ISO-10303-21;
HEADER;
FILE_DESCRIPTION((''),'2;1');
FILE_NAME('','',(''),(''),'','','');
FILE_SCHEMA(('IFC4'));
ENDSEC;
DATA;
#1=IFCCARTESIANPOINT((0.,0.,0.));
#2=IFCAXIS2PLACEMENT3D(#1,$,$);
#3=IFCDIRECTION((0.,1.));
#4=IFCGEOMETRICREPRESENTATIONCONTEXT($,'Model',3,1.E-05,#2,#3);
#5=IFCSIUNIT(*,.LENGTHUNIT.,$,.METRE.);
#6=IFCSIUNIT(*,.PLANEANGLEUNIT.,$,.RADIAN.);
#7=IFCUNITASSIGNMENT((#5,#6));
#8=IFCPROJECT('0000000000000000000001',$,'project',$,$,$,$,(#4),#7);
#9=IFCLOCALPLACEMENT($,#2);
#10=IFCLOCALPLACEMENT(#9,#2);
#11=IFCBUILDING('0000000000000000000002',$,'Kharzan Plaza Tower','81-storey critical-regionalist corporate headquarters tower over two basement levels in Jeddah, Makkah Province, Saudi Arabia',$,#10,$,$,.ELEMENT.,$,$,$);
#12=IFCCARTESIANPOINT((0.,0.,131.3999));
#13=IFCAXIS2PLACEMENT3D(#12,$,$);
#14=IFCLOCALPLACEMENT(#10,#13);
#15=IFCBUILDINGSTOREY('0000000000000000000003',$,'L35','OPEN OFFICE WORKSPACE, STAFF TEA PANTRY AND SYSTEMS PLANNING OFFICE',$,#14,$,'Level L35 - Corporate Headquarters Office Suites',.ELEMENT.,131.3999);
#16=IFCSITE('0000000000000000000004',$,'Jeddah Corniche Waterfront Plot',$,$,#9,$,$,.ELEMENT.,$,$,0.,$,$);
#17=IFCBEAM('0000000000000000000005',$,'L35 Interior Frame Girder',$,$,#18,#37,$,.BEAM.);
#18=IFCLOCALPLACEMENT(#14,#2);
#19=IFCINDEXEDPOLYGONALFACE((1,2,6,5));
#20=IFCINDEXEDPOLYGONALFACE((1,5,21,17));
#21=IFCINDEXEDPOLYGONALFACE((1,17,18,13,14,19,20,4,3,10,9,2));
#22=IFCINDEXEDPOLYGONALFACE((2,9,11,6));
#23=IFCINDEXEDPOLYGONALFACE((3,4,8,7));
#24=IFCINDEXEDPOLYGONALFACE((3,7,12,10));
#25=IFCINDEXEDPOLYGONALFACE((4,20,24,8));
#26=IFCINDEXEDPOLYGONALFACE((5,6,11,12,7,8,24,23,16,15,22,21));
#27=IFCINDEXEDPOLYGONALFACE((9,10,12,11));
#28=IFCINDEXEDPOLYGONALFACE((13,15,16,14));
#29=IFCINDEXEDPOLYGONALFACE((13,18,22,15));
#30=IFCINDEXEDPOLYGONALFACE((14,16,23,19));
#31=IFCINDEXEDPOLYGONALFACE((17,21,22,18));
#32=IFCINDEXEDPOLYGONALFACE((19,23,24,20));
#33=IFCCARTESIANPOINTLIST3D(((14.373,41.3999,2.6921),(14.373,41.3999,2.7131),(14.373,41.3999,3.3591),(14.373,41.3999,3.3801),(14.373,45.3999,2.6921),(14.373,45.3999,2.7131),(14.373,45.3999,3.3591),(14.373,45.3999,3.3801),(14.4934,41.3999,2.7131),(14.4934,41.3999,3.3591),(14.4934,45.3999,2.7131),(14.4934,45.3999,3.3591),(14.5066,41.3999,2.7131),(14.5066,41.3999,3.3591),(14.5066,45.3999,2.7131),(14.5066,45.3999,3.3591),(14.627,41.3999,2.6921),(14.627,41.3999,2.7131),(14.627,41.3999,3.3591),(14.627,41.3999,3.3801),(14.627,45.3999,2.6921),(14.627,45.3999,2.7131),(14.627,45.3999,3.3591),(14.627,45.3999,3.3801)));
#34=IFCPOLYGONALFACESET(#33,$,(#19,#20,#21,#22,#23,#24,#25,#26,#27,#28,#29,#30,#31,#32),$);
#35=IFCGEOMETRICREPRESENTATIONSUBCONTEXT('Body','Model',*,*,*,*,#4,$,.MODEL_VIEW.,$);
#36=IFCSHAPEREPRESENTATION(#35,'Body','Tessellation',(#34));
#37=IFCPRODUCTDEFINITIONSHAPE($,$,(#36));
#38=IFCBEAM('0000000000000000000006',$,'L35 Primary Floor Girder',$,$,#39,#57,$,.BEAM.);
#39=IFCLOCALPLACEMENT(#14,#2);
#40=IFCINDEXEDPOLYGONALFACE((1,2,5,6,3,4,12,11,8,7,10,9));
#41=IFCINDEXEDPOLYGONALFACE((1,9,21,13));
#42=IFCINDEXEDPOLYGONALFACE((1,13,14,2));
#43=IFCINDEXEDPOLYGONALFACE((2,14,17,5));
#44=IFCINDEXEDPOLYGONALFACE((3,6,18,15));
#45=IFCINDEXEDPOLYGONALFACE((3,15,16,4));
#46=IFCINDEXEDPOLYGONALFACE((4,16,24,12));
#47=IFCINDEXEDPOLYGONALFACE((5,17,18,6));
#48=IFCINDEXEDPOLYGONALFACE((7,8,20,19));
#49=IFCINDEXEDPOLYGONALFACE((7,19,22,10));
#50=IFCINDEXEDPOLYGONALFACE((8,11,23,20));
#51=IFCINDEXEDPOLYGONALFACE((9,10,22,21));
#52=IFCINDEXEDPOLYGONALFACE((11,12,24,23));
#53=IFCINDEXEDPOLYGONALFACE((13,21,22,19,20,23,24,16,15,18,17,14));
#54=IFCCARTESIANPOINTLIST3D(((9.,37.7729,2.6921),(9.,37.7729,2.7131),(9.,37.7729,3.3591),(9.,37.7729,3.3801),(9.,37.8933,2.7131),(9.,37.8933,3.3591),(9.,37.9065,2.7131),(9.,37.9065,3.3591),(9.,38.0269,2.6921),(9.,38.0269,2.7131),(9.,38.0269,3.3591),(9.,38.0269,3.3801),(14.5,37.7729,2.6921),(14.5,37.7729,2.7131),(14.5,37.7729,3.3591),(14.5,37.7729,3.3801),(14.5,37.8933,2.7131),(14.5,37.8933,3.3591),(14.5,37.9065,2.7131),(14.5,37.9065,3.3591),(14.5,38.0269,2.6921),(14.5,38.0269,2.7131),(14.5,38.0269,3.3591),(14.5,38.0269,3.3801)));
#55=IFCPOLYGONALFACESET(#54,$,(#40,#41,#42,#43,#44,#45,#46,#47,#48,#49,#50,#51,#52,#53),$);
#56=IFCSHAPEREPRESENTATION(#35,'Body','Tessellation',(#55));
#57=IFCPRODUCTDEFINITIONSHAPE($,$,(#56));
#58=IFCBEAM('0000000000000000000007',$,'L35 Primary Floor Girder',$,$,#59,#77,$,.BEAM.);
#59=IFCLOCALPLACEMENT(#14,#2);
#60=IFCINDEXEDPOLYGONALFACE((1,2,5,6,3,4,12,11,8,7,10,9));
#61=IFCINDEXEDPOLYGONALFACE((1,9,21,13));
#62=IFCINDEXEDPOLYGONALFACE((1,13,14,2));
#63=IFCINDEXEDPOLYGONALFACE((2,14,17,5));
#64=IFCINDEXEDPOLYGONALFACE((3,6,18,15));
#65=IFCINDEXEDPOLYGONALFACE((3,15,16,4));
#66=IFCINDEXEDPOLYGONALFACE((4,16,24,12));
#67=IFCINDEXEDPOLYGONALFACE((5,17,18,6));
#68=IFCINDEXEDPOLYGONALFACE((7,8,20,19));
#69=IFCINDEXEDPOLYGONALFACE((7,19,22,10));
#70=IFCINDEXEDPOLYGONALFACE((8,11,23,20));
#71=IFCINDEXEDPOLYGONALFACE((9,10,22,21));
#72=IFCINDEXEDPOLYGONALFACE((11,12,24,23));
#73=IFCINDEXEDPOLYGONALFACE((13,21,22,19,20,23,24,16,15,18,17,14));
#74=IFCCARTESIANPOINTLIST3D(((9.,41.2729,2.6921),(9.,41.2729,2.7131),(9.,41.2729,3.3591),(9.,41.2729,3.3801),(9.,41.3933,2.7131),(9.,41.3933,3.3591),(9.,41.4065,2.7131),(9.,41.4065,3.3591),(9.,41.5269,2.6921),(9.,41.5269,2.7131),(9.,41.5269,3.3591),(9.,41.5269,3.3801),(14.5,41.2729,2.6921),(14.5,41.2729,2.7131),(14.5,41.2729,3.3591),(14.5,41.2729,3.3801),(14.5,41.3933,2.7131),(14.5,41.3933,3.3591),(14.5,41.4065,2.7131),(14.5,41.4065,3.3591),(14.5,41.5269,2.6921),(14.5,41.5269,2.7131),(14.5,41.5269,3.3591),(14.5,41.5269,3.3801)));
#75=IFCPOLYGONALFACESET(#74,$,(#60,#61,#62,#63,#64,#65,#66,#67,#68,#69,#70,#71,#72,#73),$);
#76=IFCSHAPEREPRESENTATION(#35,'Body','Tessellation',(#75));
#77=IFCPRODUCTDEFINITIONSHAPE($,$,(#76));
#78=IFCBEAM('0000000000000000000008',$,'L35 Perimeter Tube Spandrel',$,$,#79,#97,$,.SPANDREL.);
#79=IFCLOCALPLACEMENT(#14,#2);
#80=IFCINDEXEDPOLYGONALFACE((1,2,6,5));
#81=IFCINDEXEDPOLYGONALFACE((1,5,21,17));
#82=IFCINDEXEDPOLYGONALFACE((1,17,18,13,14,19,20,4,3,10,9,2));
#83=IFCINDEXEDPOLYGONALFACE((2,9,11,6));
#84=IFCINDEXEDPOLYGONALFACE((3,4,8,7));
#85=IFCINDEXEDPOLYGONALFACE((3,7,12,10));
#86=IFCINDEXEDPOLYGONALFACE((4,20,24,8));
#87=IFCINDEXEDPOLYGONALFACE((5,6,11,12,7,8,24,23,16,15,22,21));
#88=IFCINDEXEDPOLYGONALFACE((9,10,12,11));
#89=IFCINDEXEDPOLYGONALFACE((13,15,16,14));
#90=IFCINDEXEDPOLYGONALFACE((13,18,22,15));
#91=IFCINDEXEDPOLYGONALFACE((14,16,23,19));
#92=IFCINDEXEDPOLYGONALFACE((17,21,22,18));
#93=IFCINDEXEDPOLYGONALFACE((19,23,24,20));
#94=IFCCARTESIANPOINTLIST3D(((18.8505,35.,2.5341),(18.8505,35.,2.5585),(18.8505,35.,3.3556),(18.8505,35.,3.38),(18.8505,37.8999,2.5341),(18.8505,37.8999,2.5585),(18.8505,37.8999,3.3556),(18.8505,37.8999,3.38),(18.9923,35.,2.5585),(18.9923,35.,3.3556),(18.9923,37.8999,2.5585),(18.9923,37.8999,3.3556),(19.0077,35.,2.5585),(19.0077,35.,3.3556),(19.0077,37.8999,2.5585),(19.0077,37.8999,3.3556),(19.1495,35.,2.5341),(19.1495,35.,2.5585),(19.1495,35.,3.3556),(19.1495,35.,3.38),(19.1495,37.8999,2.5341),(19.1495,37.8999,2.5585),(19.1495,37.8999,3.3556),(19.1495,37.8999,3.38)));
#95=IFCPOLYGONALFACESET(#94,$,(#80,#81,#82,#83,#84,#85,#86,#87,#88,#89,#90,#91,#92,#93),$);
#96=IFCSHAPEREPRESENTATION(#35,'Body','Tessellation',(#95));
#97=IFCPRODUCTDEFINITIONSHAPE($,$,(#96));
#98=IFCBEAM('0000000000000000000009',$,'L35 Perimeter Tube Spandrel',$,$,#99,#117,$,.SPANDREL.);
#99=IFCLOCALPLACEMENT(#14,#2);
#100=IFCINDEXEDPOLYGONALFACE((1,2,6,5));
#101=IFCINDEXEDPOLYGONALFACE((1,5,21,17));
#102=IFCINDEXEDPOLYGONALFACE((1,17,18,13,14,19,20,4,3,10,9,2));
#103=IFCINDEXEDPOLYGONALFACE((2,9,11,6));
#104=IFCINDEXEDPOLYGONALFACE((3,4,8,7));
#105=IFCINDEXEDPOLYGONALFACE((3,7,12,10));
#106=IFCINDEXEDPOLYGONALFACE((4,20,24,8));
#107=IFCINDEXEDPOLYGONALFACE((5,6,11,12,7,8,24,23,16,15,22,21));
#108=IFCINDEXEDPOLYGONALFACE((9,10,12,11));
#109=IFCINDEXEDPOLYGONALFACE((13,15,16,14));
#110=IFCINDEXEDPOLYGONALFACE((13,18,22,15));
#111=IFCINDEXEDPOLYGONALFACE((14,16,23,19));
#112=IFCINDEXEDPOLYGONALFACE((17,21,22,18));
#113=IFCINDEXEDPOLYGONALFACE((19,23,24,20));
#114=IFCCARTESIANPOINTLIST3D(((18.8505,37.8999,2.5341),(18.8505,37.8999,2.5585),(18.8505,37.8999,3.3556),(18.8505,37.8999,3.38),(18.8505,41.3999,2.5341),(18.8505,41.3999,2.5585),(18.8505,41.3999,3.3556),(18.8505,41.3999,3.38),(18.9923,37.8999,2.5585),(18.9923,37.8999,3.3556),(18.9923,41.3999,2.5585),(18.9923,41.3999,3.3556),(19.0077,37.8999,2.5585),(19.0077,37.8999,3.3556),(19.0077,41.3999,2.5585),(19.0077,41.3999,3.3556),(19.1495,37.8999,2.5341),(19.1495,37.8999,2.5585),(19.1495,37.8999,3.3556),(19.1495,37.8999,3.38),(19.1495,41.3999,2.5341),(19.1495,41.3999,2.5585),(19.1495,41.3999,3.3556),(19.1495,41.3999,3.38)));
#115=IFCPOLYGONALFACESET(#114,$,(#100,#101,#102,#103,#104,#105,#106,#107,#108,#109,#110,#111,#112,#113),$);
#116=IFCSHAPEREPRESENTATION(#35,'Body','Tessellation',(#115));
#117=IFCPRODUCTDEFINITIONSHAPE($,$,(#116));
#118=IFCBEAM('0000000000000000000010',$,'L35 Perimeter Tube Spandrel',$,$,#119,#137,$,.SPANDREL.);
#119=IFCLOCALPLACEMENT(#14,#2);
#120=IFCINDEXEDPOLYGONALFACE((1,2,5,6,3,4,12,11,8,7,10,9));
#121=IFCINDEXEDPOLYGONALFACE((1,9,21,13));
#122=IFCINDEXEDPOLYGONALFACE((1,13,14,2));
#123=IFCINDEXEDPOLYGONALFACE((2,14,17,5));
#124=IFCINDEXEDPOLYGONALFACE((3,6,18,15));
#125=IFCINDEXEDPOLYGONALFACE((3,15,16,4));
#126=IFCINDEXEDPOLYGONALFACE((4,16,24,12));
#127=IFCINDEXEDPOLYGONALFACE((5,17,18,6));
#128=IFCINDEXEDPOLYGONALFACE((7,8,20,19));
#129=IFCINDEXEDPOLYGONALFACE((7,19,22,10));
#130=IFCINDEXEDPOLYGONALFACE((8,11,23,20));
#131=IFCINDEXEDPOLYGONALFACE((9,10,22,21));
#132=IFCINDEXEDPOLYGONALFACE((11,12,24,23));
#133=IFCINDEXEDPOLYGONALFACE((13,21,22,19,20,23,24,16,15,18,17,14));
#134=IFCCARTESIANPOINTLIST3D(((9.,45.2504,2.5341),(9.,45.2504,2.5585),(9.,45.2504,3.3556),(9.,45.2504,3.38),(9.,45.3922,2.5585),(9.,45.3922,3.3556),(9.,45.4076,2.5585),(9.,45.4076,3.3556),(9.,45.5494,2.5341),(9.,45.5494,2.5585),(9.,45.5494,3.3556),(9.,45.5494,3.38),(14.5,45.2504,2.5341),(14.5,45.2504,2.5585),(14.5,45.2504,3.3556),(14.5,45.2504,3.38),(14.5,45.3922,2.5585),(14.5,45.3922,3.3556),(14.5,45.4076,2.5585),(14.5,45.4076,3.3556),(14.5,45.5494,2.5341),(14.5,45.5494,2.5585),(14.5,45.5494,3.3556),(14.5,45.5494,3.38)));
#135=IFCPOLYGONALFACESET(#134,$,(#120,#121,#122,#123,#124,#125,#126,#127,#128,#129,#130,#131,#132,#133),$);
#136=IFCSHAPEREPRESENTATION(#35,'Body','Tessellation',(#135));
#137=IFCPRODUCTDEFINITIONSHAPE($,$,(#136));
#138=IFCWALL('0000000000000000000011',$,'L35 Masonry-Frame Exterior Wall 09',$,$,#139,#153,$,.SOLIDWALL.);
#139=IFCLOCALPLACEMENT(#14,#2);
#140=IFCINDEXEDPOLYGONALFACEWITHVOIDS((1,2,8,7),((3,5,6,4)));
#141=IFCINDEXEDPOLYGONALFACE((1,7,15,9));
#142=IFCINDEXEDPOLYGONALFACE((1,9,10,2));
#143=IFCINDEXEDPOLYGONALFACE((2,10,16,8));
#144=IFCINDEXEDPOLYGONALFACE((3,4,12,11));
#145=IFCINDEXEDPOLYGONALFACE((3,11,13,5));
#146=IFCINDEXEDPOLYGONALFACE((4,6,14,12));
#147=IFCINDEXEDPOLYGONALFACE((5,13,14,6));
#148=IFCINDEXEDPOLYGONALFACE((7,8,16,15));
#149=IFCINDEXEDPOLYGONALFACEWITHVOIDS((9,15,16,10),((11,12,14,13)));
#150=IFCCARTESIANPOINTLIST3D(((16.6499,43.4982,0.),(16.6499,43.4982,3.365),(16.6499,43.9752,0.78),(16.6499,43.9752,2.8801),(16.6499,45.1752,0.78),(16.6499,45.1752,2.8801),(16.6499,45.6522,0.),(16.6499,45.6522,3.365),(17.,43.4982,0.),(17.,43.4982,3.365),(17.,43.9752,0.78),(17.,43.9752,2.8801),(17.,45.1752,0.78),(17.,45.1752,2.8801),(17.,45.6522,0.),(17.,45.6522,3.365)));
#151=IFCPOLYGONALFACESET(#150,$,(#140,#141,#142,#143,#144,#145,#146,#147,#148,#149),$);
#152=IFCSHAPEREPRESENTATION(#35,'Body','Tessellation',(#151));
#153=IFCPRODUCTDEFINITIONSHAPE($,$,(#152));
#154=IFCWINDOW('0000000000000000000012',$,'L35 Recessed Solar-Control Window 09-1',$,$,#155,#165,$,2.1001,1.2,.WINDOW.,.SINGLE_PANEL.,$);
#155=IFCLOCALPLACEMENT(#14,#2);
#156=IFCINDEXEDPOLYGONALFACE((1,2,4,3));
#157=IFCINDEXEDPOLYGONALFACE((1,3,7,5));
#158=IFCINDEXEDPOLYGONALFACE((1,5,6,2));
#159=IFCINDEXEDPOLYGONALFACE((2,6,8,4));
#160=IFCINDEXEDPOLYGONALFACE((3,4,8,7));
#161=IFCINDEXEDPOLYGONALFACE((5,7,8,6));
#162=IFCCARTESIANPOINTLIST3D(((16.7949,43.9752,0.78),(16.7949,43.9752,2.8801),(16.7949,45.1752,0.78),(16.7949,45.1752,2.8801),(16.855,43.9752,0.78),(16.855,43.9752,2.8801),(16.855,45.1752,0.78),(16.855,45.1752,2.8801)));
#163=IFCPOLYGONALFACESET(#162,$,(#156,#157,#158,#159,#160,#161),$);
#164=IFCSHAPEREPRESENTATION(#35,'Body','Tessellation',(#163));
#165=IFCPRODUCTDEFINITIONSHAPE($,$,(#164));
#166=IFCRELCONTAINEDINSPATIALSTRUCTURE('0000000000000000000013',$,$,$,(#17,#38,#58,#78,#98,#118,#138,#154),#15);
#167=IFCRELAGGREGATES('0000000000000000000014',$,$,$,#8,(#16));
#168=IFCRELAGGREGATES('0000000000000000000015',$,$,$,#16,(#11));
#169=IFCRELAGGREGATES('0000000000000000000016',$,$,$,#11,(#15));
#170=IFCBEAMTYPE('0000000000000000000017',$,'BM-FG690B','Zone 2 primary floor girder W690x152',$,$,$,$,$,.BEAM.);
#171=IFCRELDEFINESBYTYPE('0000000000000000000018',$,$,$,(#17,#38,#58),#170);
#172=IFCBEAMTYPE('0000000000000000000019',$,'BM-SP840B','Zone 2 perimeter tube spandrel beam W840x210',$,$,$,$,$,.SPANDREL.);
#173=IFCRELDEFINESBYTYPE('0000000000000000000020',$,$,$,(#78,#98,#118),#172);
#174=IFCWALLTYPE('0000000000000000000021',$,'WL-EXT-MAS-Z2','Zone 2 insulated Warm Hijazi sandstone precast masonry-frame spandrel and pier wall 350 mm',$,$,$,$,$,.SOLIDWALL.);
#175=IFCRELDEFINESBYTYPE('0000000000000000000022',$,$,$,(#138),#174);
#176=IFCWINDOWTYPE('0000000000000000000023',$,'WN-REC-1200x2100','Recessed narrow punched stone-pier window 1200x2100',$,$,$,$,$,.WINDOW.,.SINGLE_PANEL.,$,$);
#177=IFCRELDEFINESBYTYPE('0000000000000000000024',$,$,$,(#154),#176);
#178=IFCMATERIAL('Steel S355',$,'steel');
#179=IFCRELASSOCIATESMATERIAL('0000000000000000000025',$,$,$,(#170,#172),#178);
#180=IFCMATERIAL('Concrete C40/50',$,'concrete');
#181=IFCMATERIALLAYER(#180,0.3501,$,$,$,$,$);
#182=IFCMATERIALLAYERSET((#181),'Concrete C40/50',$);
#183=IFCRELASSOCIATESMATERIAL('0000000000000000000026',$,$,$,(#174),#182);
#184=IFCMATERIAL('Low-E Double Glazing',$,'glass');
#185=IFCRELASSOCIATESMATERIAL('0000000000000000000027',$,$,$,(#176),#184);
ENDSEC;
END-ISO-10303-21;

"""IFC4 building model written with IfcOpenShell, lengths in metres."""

from ifc_helpers import new_model, si_unit, direction, frame, frame_2d, origin, origin_2d, place, context, subcontext, project, spatial, rectangle, i_section, extrude, source, transform, mapped, material, layer, layer_set, material_profile, profile_set, type_object, element, fill, save


model = new_model("IFC4")

# Units and contexts
model_context = context("Model", 3, precision=1e-05, world=origin(), true_north=direction((0.0, 1.0)))
body_context = subcontext(model_context, "Body", "Model", "MODEL_VIEW")
ifc_project = project(units=[si_unit("LENGTHUNIT", "METRE"), si_unit("PLANEANGLEUNIT", "RADIAN")], contexts=[model_context])

# Site, building, storey
site_placement = place(None, origin())
site = spatial("IfcSite", under=ifc_project, at=site_placement, Name="Jeddah Corniche Waterfront Plot", CompositionType="ELEMENT", RefElevation=0.0)
building_placement = place(site_placement, origin())
building = spatial("IfcBuilding", under=site, at=building_placement, Name="Kharzan Plaza Tower", Description="81-storey critical-regionalist corporate headquarters tower over two basement levels in Jeddah, Makkah Province, Saudi Arabia", CompositionType="ELEMENT")
storey_placement = place(building_placement, frame((0.0, 0.0, 131.3999)))
storey = spatial("IfcBuildingStorey", under=building, at=storey_placement, Name="L35", Description="OPEN OFFICE WORKSPACE, STAFF TEA PANTRY AND SYSTEMS PLANNING OFFICE", LongName="Level L35 - Corporate Headquarters Office Suites", CompositionType="ELEMENT", Elevation=131.3999)

# Beams
ifc_material_1 = material(Name="Steel S355", Category="steel")
ifc_material_profile_1 = material_profile(ifc_material_1, i_section(OverallWidth=0.2539, OverallDepth=0.688, WebThickness=0.0132, FlangeThickness=0.021, at=origin_2d()), Name="W690x152")
ifc_profile_set_1 = profile_set([ifc_material_profile_1], Name="Steel S355")
beam_type_1 = type_object("IfcBeamType", Name="BM-FG690B", Description="Zone 2 primary floor girder W690x152", PredefinedType="BEAM", material=ifc_profile_set_1)
shared_shape_1 = source(origin(), body_context, "Body", "SweptSolid", [
    extrude(i_section(OverallWidth=0.2539, OverallDepth=0.688, WebThickness=0.0132, FlangeThickness=0.021, at=origin_2d()), origin(), (0.0, 0.0, 1.0), 4.0),
])
for number, where, z_axis, x_axis, name in (
    (1, (14.5, 41.3999, 3.0361), (0.0, 1.0, 0.0), (-1.0, 0.0, 0.0), "L35 Interior Frame Girder"),
):
    element("IfcBeam", number, at=place(storey_placement, frame(where, z_axis=z_axis, x_axis=x_axis)), inside=storey, type_object=beam_type_1, Name=name, PredefinedType="BEAM", context=body_context, shape_type="MappedRepresentation", body=[
        mapped(shared_shape_1, transform((0.0, 0.0, 0.0), x_axis=(1.0, 0.0, 0.0), y_axis=(0.0, 1.0, 0.0), z_axis=(0.0, 0.0, 1.0))),
    ])
shared_shape_2 = source(origin(), body_context, "Body", "SweptSolid", [
    extrude(i_section(OverallWidth=0.2539, OverallDepth=0.688, WebThickness=0.0132, FlangeThickness=0.021, at=origin_2d()), origin(), (0.0, 0.0, 1.0), 5.5),
])
for number, where, z_axis, x_axis, name in (
    (2, (9.0, 37.8999, 3.0361), (1.0, 0.0, 0.0), (0.0, 1.0, 0.0), "L35 Primary Floor Girder"),
    (3, (9.0, 41.3999, 3.0361), (1.0, 0.0, 0.0), (0.0, 1.0, 0.0), "L35 Primary Floor Girder"),
):
    element("IfcBeam", number, at=place(storey_placement, frame(where, z_axis=z_axis, x_axis=x_axis)), inside=storey, type_object=beam_type_1, Name=name, PredefinedType="BEAM", context=body_context, shape_type="MappedRepresentation", body=[
        mapped(shared_shape_2, transform((0.0, 0.0, 0.0), x_axis=(1.0, 0.0, 0.0), y_axis=(0.0, 1.0, 0.0), z_axis=(0.0, 0.0, 1.0))),
    ])
ifc_material_profile_2 = material_profile(ifc_material_1, i_section(OverallWidth=0.2991, OverallDepth=0.8459, WebThickness=0.0154, FlangeThickness=0.0244, at=origin_2d()), Name="W840x210")
ifc_profile_set_2 = profile_set([ifc_material_profile_2], Name="Steel S355")
beam_type_2 = type_object("IfcBeamType", Name="BM-SP840B", Description="Zone 2 perimeter tube spandrel beam W840x210", PredefinedType="SPANDREL", material=ifc_profile_set_2)
shared_shape_3 = source(origin(), body_context, "Body", "SweptSolid", [
    extrude(i_section(OverallWidth=0.2991, OverallDepth=0.8459, WebThickness=0.0154, FlangeThickness=0.0244, at=origin_2d()), origin(), (0.0, 0.0, 1.0), 2.8999),
])
beam_1_placement = place(storey_placement, frame((19.0, 35.0, 2.957), z_axis=(0.0, 1.0, 0.0), x_axis=(-1.0, 0.0, 0.0)))
element("IfcBeam", 4, at=beam_1_placement, inside=storey, type_object=beam_type_2, Name="L35 Perimeter Tube Spandrel", PredefinedType="SPANDREL", context=body_context, shape_type="MappedRepresentation", body=[
    mapped(shared_shape_3, transform((0.0, 0.0, 0.0), x_axis=(1.0, 0.0, 0.0), y_axis=(0.0, 1.0, 0.0), z_axis=(0.0, 0.0, 1.0))),
])
shared_shape_4 = source(origin(), body_context, "Body", "SweptSolid", [
    extrude(i_section(OverallWidth=0.2991, OverallDepth=0.8459, WebThickness=0.0154, FlangeThickness=0.0244, at=origin_2d()), origin(), (0.0, 0.0, 1.0), 3.5),
])
beam_2_placement = place(storey_placement, frame((19.0, 37.8999, 2.957), z_axis=(0.0, 1.0, 0.0), x_axis=(-1.0, 0.0, 0.0)))
element("IfcBeam", 5, at=beam_2_placement, inside=storey, type_object=beam_type_2, Name="L35 Perimeter Tube Spandrel", PredefinedType="SPANDREL", context=body_context, shape_type="MappedRepresentation", body=[
    mapped(shared_shape_4, transform((0.0, 0.0, 0.0), x_axis=(1.0, 0.0, 0.0), y_axis=(0.0, 1.0, 0.0), z_axis=(0.0, 0.0, 1.0))),
])
shared_shape_5 = source(origin(), body_context, "Body", "SweptSolid", [
    extrude(i_section(OverallWidth=0.2991, OverallDepth=0.8459, WebThickness=0.0154, FlangeThickness=0.0244, at=origin_2d()), origin(), (0.0, 0.0, 1.0), 5.5),
])
beam_3_placement = place(storey_placement, frame((9.0, 45.3999, 2.957), z_axis=(1.0, 0.0, 0.0), x_axis=(0.0, 1.0, 0.0)))
element("IfcBeam", 6, at=beam_3_placement, inside=storey, type_object=beam_type_2, Name="L35 Perimeter Tube Spandrel", PredefinedType="SPANDREL", context=body_context, shape_type="MappedRepresentation", body=[
    mapped(shared_shape_5, transform((0.0, 0.0, 0.0), x_axis=(1.0, 0.0, 0.0), y_axis=(0.0, 1.0, 0.0), z_axis=(0.0, 0.0, 1.0))),
])

# Wall, opening, window
ifc_material_2 = material(Name="Concrete C40/50", Category="concrete")
ifc_layer_1 = layer(ifc_material_2, 0.3501)
ifc_layer_set_1 = layer_set([ifc_layer_1], Name="Concrete C40/50")
wall_type_1 = type_object("IfcWallType", Name="WL-EXT-MAS-Z2", Description="Zone 2 insulated Warm Hijazi sandstone precast masonry-frame spandrel and pier wall 350 mm", PredefinedType="SOLIDWALL", material=ifc_layer_set_1)
wall_1_placement = place(storey_placement, frame((16.825, 43.498, 0.0), z_axis=(0.0, 0.0, 1.0), x_axis=(0.0, 1.0, 0.0)))
wall_1 = element("IfcWall", 7, at=wall_1_placement, inside=storey, type_object=wall_type_1, Name="L35 Masonry-Frame Exterior Wall 09", PredefinedType="SOLIDWALL", context=body_context, shape_type="SweptSolid", body=[
    extrude(rectangle(XDim=2.1541, YDim=0.3501, at=frame_2d((1.0771, 0.0))), origin(), (0.0, 0.0, 1.0), 3.365),
])
opening_1_placement = place(wall_1_placement, frame((0.4771, 0.0, 0.78)))
opening_1 = element("IfcOpeningElement", 8, at=opening_1_placement, cuts=wall_1, PredefinedType="OPENING", context=body_context, shape_type="SweptSolid", body=[
    extrude(rectangle(XDim=1.2, YDim=2.1001, at=frame_2d((0.6001, 1.05))), frame((0.0, 0.1851, 0.0), z_axis=(0.0, -1.0, 0.0), x_axis=(1.0, 0.0, 0.0)), (0.0, 0.0, 1.0), 0.3701),
])
ifc_material_3 = material(Name="Low-E Double Glazing", Category="glass")
window_type_1 = type_object("IfcWindowType", Name="WN-REC-1200x2100", Description="Recessed narrow punched stone-pier window 1200x2100", PartitioningType="SINGLE_PANEL", PredefinedType="WINDOW", material=ifc_material_3)
shared_shape_6 = source(origin(), body_context, "Body", "SweptSolid", [
    extrude(rectangle(XDim=1.2, YDim=2.1001, at=frame_2d((0.6001, 1.05))), frame((0.0, 0.03, 0.0), z_axis=(0.0, -1.0, 0.0), x_axis=(1.0, 0.0, 0.0)), (0.0, 0.0, 1.0), 0.0601),
])
window_1_placement = place(opening_1_placement, origin())
window_1 = element("IfcWindow", 9, at=window_1_placement, inside=storey, type_object=window_type_1, Name="L35 Recessed Solar-Control Window 09-1", OverallHeight=2.1001, OverallWidth=1.2, PartitioningType="SINGLE_PANEL", PredefinedType="WINDOW", context=body_context, shape_type="MappedRepresentation", body=[
    mapped(shared_shape_6, transform((0.0, 0.0, 0.0), x_axis=(1.0, 0.0, 0.0), y_axis=(0.0, 1.0, 0.0), z_axis=(0.0, 0.0, 1.0))),
])
fill(opening_1, window_1)

save(model, "model.ifc")
